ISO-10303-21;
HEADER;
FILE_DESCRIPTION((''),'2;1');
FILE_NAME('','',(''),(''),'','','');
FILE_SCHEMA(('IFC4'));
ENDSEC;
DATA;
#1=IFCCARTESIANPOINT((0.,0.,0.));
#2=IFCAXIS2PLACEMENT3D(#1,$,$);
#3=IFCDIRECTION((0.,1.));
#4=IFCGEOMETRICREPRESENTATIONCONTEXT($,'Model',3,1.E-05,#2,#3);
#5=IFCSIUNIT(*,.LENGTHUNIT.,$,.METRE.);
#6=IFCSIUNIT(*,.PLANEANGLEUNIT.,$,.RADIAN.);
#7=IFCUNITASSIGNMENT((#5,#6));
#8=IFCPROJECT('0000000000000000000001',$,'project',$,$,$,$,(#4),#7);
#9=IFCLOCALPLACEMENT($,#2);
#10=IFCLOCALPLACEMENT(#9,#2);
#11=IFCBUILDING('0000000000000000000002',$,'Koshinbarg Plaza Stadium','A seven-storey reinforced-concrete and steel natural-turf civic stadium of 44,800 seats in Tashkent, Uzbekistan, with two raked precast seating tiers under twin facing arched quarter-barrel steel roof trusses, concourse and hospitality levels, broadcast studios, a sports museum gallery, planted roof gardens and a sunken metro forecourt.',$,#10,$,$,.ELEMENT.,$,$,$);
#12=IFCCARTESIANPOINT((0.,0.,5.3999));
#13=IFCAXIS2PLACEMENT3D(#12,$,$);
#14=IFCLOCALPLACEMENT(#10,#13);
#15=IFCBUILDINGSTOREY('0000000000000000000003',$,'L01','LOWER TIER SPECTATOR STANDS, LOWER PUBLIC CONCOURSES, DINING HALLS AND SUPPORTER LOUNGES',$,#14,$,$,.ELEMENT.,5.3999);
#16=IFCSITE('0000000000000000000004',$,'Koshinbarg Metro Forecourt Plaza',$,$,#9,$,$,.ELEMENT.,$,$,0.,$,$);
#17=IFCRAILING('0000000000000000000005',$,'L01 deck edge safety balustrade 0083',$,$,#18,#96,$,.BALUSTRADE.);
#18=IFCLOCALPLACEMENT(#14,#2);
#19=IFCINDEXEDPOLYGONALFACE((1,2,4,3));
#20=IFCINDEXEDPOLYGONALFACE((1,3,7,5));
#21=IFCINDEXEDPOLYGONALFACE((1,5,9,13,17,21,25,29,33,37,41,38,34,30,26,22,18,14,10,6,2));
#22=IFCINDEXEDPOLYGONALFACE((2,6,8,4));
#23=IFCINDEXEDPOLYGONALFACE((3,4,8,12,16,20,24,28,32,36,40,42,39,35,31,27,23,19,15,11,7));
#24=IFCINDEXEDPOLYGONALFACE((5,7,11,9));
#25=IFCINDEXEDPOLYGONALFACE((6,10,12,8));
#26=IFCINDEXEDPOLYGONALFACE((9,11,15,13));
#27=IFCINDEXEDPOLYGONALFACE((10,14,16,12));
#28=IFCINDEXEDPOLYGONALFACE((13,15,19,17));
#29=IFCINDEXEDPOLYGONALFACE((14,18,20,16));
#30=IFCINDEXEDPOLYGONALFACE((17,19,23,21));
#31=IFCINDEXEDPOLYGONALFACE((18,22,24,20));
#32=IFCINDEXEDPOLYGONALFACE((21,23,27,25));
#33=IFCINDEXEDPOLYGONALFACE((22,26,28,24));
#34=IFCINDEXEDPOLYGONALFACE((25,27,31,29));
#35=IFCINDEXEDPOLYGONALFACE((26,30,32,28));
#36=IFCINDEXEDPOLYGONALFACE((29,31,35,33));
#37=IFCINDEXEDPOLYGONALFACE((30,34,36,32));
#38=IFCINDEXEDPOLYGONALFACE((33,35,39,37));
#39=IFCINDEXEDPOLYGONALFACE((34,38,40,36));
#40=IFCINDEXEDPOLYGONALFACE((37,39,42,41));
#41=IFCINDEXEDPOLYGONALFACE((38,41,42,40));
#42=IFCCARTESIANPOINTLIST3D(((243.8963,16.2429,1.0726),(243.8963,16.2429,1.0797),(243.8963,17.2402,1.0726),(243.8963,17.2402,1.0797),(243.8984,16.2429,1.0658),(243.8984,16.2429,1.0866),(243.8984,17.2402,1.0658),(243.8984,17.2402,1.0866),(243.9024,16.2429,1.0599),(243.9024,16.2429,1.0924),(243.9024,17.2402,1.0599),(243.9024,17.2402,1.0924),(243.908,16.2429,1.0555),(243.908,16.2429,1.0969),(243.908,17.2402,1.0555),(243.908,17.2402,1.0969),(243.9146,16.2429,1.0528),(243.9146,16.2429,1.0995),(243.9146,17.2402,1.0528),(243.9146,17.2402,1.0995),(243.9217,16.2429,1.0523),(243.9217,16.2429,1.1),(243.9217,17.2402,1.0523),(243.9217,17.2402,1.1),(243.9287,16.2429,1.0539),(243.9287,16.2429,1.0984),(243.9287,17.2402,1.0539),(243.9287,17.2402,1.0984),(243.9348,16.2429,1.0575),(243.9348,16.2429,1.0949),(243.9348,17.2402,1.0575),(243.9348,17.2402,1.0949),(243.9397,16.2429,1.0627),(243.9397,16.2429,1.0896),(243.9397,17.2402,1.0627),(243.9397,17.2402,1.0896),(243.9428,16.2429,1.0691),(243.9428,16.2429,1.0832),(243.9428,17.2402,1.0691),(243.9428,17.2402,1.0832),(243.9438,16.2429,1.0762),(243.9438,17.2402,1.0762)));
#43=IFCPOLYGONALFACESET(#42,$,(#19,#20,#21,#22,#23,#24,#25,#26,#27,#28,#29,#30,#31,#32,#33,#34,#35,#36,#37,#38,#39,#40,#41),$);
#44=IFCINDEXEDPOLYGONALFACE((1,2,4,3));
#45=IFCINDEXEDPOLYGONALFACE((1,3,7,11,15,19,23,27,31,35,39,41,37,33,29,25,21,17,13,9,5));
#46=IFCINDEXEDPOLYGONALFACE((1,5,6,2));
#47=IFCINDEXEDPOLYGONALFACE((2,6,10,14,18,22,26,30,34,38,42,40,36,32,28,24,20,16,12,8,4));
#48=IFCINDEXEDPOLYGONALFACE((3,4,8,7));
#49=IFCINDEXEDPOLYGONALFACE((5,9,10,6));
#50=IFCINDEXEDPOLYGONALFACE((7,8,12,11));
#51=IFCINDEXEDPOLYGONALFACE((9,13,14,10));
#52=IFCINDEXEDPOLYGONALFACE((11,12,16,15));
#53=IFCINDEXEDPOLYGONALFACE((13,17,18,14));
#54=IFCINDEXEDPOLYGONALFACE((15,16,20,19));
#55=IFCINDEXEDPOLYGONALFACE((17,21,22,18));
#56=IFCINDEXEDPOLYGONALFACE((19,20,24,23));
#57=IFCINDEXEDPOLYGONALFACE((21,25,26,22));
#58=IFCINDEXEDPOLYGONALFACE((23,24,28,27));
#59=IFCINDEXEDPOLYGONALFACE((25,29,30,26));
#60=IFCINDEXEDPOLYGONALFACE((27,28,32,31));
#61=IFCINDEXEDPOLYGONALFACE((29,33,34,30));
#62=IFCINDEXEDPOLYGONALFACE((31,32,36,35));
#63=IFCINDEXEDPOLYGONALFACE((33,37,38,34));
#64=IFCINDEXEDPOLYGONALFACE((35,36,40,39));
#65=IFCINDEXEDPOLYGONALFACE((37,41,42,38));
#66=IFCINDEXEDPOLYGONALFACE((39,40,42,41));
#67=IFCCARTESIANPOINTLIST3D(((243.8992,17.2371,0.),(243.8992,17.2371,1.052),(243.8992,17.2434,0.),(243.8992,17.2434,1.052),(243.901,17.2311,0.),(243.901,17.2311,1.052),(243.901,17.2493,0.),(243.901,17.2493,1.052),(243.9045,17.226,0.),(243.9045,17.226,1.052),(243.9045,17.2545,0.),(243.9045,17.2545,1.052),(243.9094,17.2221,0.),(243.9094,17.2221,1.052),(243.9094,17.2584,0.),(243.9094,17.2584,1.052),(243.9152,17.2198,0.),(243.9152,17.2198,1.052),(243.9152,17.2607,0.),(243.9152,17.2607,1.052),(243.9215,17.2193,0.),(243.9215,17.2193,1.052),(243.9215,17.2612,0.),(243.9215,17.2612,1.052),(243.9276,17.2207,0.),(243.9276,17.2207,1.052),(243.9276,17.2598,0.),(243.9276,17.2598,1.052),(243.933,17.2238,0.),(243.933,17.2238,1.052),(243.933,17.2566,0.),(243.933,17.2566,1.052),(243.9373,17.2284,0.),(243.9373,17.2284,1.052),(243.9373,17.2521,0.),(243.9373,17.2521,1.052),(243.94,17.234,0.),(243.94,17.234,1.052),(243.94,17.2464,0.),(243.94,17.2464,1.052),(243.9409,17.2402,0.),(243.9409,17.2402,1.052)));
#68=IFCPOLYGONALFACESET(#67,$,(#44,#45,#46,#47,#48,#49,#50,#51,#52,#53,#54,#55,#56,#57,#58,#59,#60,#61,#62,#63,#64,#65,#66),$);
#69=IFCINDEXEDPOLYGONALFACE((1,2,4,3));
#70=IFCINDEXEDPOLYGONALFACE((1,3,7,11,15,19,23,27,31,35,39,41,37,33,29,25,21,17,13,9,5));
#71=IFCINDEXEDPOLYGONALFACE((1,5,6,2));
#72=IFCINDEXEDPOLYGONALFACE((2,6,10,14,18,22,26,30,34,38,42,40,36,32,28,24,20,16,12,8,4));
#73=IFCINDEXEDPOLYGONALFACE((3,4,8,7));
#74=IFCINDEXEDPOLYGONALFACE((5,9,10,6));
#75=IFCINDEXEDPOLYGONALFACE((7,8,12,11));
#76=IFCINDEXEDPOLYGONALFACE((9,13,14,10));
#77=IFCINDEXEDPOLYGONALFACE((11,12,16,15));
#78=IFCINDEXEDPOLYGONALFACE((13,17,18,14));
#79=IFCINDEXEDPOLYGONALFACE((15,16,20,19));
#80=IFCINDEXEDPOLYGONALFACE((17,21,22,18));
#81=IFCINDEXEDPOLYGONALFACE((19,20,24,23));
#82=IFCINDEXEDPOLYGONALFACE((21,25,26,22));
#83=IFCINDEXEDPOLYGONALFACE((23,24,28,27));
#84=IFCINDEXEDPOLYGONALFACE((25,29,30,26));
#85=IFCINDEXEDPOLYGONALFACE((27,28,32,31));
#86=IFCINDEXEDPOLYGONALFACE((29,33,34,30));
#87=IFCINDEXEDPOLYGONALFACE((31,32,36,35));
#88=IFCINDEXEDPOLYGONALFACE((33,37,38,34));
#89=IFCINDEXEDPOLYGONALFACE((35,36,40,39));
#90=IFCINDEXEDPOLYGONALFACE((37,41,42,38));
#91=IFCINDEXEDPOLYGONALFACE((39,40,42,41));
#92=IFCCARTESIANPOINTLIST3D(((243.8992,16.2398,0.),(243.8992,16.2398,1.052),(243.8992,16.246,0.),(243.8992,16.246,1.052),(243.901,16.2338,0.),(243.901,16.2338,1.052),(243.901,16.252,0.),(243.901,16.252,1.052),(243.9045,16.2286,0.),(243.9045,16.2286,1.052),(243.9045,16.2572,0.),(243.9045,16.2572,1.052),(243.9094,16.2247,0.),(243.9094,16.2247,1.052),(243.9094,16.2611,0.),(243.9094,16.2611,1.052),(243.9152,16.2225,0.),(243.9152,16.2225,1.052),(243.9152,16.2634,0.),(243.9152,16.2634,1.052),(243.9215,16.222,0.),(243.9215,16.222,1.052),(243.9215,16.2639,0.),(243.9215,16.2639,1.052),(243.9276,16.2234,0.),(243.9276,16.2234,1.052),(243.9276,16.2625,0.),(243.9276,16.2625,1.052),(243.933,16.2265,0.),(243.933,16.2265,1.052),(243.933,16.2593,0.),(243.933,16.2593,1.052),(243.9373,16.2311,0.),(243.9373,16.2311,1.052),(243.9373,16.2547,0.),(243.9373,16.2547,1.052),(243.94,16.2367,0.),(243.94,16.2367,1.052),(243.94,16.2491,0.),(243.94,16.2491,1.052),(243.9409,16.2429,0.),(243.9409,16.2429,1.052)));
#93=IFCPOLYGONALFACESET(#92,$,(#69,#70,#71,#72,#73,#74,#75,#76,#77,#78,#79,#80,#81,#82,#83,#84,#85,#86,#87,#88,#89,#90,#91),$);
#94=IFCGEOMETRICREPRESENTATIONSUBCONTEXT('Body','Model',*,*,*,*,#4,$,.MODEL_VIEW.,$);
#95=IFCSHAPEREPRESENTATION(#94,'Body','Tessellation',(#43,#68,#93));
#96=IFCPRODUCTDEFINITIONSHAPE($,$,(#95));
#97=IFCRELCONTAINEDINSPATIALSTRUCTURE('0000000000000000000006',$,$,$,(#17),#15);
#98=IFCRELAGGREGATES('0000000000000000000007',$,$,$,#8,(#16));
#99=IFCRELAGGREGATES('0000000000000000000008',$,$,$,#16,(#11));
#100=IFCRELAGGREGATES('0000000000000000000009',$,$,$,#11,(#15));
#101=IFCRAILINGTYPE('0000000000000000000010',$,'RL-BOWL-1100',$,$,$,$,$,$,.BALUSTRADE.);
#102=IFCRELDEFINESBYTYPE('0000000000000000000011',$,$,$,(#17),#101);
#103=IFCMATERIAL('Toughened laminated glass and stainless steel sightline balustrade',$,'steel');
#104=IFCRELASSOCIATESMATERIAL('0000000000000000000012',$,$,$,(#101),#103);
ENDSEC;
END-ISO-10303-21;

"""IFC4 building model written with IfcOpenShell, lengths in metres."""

from ifc_helpers import new_model, si_unit, direction, frame, origin, origin_2d, place, context, subcontext, project, spatial, circle, extrude, material, type_object, element, save


model = new_model("IFC4")

# Units and contexts
model_context = context("Model", 3, precision=1e-05, world=origin(), true_north=direction((0.0, 1.0)))
body_context = subcontext(model_context, "Body", "Model", "MODEL_VIEW")
ifc_project = project(units=[si_unit("LENGTHUNIT", "METRE"), si_unit("PLANEANGLEUNIT", "RADIAN")], contexts=[model_context])

# Site, building, storey
site_placement = place(None, origin())
site = spatial("IfcSite", under=ifc_project, at=site_placement, Name="Koshinbarg Metro Forecourt Plaza", CompositionType="ELEMENT", RefElevation=0.0)
building_placement = place(site_placement, origin())
building = spatial("IfcBuilding", under=site, at=building_placement, Name="Koshinbarg Plaza Stadium", Description="A seven-storey reinforced-concrete and steel natural-turf civic stadium of 44,800 seats in Tashkent, Uzbekistan, with two raked precast seating tiers under twin facing arched quarter-barrel steel roof trusses, concourse and hospitality levels, broadcast studios, a sports museum gallery, planted roof gardens and a sunken metro forecourt.", CompositionType="ELEMENT")
storey_placement = place(building_placement, frame((0.0, 0.0, 5.3999)))
storey = spatial("IfcBuildingStorey", under=building, at=storey_placement, Name="L01", Description="LOWER TIER SPECTATOR STANDS, LOWER PUBLIC CONCOURSES, DINING HALLS AND SUPPORTER LOUNGES", CompositionType="ELEMENT", Elevation=5.3999)

# Railing
ifc_material_1 = material(Name="Toughened laminated glass and stainless steel sightline balustrade", Category="steel")
railing_type = type_object("IfcRailingType", Name="RL-BOWL-1100", PredefinedType="BALUSTRADE", material=ifc_material_1)
railing_1_placement = place(storey_placement, frame((243.9199, 17.2402, 0.0)))
element("IfcRailing", 1, at=railing_1_placement, inside=storey, type_object=railing_type, Name="L01 deck edge safety balustrade 0083", PredefinedType="BALUSTRADE", context=body_context, shape_type="SweptSolid", body=[
    extrude(circle(Radius=0.0239, at=origin_2d()), frame((0.0, 0.0, 1.0762), z_axis=(0.0, -1.0, 0.0), x_axis=(1.0, 0.0, 0.0)), (0.0, 0.0, 1.0), 0.9973),
    extrude(circle(Radius=0.021, at=origin_2d()), origin(), (0.0, 0.0, 1.0), 1.052),
    extrude(circle(Radius=0.021, at=origin_2d()), frame((0.0, -0.9973, 0.0)), (0.0, 0.0, 1.0), 1.052),
])

save(model, "model.ifc")
